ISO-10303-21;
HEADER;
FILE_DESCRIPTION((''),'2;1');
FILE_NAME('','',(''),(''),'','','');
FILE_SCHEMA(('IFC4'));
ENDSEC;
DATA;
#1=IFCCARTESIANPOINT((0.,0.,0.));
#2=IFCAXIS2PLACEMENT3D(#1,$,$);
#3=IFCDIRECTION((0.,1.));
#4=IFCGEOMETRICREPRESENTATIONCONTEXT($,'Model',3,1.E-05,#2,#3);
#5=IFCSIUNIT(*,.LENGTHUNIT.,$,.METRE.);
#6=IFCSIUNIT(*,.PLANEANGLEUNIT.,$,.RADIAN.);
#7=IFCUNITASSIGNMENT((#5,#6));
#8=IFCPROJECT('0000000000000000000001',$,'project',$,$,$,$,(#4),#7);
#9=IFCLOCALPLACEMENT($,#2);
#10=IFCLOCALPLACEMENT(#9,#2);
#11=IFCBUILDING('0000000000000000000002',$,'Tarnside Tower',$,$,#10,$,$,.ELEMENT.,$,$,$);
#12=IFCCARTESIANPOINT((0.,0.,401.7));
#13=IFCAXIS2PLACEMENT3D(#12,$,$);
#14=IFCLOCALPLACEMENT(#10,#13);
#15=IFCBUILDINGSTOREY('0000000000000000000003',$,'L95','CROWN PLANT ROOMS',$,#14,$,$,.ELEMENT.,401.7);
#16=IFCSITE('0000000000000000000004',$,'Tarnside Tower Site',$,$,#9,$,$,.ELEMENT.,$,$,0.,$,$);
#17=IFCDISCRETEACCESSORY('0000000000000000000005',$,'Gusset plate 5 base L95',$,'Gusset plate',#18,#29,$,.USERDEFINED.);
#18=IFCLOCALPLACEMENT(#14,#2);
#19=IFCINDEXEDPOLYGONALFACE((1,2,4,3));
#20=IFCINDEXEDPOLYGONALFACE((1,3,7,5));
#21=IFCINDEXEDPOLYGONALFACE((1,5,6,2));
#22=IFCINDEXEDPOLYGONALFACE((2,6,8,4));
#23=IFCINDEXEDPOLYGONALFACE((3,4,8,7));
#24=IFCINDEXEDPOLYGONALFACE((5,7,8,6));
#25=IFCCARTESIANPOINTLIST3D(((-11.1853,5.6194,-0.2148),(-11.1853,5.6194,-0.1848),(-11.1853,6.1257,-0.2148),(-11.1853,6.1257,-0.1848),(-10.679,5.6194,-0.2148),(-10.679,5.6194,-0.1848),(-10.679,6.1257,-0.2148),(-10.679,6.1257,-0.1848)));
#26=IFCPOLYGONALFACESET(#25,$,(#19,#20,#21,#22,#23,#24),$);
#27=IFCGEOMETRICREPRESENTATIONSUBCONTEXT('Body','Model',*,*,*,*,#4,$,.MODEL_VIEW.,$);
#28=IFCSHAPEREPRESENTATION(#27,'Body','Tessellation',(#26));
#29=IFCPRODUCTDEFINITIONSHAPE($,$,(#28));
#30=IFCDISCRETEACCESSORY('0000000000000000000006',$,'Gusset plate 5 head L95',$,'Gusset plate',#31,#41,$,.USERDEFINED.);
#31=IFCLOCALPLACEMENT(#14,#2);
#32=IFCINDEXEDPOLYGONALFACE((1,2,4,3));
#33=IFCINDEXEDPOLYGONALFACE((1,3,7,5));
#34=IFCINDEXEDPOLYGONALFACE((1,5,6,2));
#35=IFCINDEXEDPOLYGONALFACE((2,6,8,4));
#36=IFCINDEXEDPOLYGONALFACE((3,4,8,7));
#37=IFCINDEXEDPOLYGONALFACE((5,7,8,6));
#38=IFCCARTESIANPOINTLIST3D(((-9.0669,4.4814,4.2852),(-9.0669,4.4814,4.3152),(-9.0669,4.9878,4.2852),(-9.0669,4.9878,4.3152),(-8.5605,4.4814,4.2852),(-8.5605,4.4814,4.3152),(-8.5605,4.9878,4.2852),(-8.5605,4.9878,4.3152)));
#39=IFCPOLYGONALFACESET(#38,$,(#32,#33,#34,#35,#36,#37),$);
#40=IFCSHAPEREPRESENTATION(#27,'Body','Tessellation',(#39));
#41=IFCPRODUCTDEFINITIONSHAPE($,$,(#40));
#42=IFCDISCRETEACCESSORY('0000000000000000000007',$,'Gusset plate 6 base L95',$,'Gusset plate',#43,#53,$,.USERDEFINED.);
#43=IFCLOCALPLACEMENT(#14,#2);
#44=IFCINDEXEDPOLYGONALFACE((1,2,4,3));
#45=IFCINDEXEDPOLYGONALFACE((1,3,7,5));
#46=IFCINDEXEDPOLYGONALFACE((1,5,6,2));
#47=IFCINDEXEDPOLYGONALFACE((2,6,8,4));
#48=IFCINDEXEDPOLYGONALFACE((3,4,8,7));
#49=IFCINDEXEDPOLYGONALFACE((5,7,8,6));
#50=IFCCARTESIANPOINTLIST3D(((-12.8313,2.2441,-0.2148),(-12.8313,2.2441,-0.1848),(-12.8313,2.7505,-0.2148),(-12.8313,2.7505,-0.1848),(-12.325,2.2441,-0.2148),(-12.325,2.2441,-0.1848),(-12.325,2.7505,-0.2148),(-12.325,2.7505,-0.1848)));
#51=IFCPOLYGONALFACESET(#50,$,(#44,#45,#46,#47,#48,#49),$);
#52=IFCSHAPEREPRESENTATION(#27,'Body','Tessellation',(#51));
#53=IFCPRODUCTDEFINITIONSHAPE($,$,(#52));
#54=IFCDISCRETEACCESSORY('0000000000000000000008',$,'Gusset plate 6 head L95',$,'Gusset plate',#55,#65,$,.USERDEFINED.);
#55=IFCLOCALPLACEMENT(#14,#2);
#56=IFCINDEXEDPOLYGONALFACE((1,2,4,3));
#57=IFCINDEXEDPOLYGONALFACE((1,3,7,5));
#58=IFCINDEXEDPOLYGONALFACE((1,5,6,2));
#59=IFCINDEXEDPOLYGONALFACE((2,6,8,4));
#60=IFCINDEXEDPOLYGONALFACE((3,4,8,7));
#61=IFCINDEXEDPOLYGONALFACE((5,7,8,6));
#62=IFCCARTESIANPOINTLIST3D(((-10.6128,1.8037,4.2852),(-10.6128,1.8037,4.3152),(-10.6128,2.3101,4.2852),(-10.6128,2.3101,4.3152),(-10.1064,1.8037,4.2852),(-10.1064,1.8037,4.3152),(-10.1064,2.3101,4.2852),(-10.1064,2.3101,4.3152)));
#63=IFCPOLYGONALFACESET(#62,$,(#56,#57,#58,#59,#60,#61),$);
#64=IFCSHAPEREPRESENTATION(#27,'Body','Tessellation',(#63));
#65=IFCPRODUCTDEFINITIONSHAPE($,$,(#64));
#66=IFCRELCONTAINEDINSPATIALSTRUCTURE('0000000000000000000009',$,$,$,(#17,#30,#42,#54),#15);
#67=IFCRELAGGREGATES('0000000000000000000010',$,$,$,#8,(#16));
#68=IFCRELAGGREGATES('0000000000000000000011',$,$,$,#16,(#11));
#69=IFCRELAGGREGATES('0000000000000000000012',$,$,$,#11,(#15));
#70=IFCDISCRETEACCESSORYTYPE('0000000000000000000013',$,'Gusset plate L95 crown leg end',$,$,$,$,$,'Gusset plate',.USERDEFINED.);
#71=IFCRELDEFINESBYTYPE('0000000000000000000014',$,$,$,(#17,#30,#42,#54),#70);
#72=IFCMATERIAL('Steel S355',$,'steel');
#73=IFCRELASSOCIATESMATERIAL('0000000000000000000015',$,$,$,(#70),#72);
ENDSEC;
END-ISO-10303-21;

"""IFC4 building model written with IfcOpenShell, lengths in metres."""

from ifc_helpers import new_model, si_unit, direction, frame, origin, origin_2d, place, context, subcontext, project, spatial, rectangle, extrude, material, type_object, element, save


model = new_model("IFC4")

# Units and contexts
model_context = context("Model", 3, precision=1e-05, world=origin(), true_north=direction((0.0, 1.0)))
body_context = subcontext(model_context, "Body", "Model", "MODEL_VIEW")
ifc_project = project(units=[si_unit("LENGTHUNIT", "METRE"), si_unit("PLANEANGLEUNIT", "RADIAN")], contexts=[model_context])

# Site, building, storey
site_placement = place(None, origin())
site = spatial("IfcSite", under=ifc_project, at=site_placement, Name="Tarnside Tower Site", CompositionType="ELEMENT", RefElevation=0.0)
building_placement = place(site_placement, origin())
building = spatial("IfcBuilding", under=site, at=building_placement, Name="Tarnside Tower", CompositionType="ELEMENT")
storey_placement = place(building_placement, frame((0.0, 0.0, 401.7)))
storey = spatial("IfcBuildingStorey", under=building, at=storey_placement, Name="L95", Description="CROWN PLANT ROOMS", CompositionType="ELEMENT", Elevation=401.7)

# Shared definitions
ifc_material_1 = material(Name="Steel S355", Category="steel")

# Discrete accessories
discrete_accessory_type = type_object("IfcDiscreteAccessoryType", Name="Gusset plate L95 crown leg end", ElementType="Gusset plate", PredefinedType="USERDEFINED", material=ifc_material_1)
for number, where, z_axis, x_axis, name in (
    (1, (-10.9321, 5.8726, -0.2148), (0.0, 0.0, 1.0), (1.0, 0.0, 0.0), "Gusset plate 5 base L95"),
    (2, (-8.8137, 4.7346, 4.2852), (0.0, 0.0, 1.0), (1.0, 0.0, 0.0), "Gusset plate 5 head L95"),
    (3, (-12.5781, 2.4973, -0.2148), (0.0, 0.0, 1.0), (1.0, 0.0, 0.0), "Gusset plate 6 base L95"),
    (4, (-10.3596, 2.0569, 4.2852), (0.0, 0.0, 1.0), (1.0, 0.0, 0.0), "Gusset plate 6 head L95"),
):
    element("IfcDiscreteAccessory", number, at=place(storey_placement, frame(where, z_axis=z_axis, x_axis=x_axis)), inside=storey, type_object=discrete_accessory_type, Name=name, ObjectType="Gusset plate", PredefinedType="USERDEFINED", context=body_context, shape_type="SweptSolid", body=[
        extrude(rectangle(XDim=0.5063, YDim=0.5063, at=origin_2d()), origin(), (0.0, 0.0, 1.0), 0.03),
    ])

save(model, "model.ifc")
